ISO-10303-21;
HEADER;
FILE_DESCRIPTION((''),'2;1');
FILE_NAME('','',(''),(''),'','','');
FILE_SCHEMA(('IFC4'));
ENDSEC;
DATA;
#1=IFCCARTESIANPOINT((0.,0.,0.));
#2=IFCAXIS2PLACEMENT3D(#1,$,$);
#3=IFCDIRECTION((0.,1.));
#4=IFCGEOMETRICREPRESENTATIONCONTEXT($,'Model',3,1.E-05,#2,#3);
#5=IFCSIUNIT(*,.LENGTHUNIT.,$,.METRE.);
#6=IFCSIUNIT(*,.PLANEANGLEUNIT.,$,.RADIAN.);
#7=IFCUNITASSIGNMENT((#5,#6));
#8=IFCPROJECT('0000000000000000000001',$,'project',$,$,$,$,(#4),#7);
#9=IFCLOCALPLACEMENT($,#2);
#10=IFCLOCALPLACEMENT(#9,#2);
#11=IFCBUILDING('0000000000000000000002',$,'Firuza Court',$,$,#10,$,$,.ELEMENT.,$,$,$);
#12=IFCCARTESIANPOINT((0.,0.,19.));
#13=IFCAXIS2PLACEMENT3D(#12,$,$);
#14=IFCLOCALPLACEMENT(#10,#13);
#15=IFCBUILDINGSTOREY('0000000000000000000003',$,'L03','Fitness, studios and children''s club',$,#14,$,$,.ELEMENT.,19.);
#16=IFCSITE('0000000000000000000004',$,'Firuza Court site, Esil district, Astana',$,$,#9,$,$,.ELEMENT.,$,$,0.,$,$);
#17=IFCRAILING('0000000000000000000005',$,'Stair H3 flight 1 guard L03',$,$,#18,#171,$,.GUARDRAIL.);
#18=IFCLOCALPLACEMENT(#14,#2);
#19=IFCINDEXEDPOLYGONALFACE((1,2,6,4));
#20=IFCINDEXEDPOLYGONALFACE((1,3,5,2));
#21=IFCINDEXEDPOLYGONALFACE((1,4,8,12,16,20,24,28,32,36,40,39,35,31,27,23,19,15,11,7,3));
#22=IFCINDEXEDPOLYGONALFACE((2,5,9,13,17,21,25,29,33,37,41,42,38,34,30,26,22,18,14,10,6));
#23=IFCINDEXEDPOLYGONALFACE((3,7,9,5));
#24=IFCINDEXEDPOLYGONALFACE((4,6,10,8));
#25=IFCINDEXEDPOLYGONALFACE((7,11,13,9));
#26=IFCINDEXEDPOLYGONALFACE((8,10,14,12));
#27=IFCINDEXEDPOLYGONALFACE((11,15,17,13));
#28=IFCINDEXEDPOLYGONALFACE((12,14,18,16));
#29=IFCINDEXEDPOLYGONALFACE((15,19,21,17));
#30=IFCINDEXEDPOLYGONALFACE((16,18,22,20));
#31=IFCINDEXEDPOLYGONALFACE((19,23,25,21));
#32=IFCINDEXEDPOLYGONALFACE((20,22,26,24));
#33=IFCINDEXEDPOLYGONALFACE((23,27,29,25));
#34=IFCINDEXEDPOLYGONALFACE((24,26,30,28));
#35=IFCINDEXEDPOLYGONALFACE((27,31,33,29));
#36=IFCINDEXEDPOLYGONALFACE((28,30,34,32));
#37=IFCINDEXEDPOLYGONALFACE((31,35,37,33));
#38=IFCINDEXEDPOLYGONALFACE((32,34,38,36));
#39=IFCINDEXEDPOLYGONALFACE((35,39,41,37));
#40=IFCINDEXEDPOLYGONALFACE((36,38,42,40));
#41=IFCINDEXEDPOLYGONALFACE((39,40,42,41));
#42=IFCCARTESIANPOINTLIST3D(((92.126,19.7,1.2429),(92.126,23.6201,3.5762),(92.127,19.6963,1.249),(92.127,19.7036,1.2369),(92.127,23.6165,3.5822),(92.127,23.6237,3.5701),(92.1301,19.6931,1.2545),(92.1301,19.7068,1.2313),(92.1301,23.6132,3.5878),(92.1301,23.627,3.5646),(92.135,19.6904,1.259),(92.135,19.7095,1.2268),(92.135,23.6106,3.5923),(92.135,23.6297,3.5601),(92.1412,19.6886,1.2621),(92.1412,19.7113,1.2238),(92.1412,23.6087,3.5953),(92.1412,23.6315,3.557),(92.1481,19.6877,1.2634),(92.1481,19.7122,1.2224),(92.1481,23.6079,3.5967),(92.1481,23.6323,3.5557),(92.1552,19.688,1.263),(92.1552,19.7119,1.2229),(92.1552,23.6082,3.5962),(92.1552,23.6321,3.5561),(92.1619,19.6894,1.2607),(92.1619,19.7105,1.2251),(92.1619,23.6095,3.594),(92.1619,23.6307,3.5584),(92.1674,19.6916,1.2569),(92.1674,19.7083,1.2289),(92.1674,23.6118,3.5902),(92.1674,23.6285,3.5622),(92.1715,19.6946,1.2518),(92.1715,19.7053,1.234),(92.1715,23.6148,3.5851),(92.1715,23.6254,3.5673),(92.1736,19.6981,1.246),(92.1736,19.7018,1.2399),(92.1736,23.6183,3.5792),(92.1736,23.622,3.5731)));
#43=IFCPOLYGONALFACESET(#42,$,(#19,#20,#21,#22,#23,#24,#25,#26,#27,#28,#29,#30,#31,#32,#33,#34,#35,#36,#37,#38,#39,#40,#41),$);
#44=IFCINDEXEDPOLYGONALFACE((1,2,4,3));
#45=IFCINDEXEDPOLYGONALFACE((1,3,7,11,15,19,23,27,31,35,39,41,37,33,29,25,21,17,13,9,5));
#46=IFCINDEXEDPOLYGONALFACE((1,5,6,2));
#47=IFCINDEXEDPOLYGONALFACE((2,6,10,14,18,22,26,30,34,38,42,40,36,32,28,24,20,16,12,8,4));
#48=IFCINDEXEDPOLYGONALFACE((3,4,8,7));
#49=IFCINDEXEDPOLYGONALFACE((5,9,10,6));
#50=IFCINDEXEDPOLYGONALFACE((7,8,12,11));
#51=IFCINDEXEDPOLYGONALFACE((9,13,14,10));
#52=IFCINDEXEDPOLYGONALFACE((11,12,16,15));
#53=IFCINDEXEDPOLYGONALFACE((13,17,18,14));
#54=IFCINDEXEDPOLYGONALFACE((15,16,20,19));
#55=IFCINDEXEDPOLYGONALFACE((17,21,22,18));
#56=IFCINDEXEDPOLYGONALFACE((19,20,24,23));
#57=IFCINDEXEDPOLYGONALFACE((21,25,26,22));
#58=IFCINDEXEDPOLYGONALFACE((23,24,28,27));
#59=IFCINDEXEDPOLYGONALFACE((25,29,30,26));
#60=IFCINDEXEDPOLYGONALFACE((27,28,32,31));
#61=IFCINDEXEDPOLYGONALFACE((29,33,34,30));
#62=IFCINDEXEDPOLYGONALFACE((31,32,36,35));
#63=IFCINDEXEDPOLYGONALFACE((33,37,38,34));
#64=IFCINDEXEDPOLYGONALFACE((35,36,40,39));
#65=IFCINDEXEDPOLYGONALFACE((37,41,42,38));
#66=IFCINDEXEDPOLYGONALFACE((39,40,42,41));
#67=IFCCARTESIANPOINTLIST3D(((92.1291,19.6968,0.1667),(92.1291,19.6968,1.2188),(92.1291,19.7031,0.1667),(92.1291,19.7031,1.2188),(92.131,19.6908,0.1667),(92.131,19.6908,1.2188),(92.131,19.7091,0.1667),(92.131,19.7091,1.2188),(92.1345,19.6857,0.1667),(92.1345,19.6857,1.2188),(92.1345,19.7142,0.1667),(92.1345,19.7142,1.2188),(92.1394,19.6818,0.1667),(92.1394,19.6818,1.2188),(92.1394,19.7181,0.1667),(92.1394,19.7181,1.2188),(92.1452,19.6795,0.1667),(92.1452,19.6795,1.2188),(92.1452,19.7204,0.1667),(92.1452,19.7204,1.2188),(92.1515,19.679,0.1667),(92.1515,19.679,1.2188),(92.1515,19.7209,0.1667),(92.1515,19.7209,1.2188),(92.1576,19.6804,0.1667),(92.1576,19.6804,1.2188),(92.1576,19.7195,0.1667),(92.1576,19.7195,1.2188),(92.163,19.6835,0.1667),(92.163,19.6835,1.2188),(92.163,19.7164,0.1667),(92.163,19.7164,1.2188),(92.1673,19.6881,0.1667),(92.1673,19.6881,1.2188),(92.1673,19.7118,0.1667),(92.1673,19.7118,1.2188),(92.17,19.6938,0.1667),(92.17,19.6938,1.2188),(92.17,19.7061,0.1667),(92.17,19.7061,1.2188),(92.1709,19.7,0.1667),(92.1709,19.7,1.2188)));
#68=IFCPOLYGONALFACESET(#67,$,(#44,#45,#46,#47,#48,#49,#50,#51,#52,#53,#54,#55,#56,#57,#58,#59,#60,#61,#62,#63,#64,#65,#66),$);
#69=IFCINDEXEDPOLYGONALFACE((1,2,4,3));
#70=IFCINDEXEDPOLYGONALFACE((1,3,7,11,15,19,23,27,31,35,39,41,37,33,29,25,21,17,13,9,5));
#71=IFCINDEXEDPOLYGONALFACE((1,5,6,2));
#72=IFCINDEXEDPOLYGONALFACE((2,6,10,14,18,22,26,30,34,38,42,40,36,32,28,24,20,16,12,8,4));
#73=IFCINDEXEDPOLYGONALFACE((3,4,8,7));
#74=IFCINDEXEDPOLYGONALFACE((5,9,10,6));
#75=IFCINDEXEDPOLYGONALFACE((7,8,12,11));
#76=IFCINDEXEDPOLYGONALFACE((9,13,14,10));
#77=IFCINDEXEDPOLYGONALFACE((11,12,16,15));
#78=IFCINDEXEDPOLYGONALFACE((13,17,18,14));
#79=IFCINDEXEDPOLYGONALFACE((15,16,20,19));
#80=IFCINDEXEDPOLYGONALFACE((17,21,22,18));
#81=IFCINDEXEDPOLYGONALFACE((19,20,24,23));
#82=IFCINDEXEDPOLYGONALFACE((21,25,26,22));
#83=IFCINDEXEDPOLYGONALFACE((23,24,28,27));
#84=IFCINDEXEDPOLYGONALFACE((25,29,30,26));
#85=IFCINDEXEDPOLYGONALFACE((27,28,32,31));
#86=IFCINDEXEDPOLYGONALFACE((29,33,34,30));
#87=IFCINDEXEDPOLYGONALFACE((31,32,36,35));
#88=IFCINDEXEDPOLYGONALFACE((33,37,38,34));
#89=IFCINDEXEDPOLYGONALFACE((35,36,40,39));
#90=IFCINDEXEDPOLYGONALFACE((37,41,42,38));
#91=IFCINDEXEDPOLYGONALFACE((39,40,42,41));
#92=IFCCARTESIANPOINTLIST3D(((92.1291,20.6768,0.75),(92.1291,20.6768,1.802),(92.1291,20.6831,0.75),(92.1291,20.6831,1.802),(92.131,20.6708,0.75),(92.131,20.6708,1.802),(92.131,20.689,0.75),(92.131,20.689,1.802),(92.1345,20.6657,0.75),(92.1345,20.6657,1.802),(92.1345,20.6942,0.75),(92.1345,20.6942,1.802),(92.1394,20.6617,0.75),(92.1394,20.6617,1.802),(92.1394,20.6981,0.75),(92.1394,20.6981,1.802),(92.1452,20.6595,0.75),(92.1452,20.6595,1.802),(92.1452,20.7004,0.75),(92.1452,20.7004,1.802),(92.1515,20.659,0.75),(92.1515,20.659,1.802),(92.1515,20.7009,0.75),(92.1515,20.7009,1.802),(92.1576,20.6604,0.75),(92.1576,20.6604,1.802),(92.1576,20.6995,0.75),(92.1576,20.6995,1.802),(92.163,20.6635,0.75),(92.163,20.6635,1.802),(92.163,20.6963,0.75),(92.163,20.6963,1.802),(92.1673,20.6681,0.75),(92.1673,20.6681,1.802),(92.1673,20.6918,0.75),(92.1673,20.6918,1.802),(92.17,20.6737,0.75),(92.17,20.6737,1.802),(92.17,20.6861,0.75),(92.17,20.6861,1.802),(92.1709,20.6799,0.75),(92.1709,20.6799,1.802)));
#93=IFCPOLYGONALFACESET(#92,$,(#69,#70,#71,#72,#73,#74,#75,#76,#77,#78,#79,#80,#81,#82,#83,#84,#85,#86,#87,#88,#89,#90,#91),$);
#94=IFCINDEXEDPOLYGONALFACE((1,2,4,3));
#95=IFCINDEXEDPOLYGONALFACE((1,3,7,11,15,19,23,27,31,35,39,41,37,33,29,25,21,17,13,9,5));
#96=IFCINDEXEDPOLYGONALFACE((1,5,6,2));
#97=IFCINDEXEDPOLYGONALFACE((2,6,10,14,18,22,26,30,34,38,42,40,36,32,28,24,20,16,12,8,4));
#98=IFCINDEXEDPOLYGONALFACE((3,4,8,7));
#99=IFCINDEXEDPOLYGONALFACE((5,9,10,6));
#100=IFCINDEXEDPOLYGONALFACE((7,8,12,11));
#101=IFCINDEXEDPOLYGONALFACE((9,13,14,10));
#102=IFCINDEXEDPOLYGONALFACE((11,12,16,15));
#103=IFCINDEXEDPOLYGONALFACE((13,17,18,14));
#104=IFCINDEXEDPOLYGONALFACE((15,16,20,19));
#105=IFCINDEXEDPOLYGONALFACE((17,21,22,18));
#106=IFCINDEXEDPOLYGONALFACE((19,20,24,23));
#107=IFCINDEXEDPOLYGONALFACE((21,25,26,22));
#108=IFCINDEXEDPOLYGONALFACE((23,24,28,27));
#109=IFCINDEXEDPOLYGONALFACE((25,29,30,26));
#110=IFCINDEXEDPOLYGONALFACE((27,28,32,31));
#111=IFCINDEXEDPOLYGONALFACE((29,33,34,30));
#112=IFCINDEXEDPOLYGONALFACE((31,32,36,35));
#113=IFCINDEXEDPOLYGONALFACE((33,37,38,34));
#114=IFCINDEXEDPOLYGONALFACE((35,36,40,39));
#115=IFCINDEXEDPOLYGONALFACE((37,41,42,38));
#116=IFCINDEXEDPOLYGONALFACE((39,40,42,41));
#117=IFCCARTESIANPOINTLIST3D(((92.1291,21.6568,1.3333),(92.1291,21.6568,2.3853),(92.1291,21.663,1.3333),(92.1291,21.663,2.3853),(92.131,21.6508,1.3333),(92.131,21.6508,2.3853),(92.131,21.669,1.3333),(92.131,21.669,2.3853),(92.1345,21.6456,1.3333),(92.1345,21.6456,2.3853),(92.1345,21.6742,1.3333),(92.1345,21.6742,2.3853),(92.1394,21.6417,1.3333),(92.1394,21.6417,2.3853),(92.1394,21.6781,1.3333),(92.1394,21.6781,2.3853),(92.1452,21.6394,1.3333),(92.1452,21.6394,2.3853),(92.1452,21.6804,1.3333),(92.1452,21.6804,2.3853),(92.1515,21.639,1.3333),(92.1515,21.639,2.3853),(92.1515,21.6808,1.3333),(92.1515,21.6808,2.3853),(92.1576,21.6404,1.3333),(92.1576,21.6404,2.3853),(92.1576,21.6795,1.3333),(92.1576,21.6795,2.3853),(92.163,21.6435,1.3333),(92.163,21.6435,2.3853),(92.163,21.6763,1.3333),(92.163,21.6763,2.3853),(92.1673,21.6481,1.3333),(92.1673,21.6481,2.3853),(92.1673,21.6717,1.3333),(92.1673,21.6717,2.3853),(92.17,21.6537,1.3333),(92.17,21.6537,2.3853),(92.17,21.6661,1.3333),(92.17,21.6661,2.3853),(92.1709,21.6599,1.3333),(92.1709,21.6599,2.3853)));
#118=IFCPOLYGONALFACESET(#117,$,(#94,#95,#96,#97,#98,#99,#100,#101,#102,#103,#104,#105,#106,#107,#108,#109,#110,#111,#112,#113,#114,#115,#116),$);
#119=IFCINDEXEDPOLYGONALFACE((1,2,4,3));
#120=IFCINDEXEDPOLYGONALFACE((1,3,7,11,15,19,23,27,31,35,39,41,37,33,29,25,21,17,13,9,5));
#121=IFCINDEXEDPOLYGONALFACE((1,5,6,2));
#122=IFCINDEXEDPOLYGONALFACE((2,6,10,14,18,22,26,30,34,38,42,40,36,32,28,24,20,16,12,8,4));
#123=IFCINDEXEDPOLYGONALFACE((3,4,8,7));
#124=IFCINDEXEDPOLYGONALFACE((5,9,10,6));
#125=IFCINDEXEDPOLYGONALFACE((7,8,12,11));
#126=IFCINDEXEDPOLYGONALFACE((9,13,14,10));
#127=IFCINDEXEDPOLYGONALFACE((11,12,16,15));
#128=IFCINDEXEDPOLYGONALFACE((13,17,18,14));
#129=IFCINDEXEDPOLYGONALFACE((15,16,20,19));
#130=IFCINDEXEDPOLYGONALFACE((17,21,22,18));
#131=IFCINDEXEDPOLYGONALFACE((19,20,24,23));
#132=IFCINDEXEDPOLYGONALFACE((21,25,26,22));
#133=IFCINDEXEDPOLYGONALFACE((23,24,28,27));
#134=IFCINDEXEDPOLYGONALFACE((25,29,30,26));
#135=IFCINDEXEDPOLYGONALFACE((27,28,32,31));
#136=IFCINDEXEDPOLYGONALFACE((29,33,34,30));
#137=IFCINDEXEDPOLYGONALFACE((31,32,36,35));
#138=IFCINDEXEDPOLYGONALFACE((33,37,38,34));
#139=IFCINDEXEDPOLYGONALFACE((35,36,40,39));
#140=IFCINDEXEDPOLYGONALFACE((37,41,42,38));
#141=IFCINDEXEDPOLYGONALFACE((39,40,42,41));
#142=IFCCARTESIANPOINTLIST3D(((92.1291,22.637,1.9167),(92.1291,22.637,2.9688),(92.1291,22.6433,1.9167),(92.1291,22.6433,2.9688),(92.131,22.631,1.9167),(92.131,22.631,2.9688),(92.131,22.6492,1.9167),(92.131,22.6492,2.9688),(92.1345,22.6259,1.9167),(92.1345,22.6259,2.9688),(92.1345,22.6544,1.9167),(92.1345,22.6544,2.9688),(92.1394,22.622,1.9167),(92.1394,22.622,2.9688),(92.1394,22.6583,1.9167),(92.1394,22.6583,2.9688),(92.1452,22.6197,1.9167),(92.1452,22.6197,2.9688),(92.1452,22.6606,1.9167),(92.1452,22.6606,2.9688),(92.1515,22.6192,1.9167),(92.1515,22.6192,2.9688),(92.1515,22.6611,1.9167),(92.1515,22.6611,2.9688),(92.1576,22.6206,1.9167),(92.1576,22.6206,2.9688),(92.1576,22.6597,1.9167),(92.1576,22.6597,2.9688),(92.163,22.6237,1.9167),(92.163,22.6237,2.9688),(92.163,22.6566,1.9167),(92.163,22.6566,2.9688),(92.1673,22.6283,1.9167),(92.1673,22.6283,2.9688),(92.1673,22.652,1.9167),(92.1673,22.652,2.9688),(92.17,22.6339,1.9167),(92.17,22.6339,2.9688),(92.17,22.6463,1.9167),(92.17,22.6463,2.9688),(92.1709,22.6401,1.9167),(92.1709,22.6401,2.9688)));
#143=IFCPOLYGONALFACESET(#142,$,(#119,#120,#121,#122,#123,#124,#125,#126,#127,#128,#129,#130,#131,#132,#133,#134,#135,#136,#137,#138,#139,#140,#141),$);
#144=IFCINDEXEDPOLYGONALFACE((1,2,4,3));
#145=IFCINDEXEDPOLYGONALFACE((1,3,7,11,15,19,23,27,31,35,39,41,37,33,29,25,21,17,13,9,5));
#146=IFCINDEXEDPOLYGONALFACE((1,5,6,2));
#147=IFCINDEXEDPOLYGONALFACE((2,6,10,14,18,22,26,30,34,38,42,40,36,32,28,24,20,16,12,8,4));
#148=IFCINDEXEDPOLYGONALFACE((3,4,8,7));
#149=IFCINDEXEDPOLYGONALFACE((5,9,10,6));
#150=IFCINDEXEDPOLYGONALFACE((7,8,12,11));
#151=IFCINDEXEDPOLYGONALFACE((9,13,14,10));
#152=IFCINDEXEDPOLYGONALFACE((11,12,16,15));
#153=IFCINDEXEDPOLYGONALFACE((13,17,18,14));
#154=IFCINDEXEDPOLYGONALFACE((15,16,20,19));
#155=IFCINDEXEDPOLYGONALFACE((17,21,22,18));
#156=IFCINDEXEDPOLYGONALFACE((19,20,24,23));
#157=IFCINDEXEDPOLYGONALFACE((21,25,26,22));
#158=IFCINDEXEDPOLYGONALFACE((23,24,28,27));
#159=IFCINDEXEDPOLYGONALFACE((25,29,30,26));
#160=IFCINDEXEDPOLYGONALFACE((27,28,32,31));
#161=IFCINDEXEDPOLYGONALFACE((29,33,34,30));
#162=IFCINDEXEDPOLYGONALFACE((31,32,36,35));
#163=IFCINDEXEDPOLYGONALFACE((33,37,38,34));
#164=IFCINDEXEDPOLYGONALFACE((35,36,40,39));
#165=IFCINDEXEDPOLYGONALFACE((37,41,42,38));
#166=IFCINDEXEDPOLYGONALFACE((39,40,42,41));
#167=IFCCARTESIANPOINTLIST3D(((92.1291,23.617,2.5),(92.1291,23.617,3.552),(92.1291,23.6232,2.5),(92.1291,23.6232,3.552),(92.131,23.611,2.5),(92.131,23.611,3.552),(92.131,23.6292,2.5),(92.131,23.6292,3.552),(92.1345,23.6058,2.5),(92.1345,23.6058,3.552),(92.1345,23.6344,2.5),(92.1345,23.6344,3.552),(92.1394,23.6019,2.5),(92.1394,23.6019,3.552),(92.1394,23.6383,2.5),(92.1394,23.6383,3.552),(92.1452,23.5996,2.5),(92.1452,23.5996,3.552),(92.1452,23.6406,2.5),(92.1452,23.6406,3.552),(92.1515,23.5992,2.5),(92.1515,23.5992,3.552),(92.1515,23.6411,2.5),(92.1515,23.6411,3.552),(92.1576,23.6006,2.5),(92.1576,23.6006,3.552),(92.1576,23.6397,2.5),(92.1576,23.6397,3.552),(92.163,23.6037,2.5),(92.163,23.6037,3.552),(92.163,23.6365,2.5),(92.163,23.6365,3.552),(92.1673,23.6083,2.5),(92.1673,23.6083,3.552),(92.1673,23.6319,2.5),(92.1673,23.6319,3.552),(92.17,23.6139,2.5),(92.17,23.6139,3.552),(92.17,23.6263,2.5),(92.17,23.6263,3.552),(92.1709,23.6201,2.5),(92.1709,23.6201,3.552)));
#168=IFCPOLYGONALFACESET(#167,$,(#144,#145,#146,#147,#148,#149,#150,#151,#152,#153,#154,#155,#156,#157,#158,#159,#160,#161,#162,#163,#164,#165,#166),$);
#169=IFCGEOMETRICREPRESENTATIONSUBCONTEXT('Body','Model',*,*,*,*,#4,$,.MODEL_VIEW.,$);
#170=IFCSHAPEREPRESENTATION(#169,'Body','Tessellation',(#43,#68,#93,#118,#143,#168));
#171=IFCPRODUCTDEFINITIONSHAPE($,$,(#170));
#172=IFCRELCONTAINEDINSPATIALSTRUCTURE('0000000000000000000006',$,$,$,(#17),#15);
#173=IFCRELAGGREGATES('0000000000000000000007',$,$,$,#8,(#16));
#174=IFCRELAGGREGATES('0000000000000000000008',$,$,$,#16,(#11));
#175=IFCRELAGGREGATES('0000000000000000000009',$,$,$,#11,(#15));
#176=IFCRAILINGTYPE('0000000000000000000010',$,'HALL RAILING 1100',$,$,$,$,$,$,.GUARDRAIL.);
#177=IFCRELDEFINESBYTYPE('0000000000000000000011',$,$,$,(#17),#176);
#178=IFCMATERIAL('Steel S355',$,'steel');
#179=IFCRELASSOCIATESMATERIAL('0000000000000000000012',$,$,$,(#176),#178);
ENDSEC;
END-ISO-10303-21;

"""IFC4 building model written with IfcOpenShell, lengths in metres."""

from ifc_helpers import new_model, si_unit, direction, frame, origin, origin_2d, place, context, subcontext, project, spatial, circle, extrude, material, type_object, element, save


model = new_model("IFC4")

# Units and contexts
model_context = context("Model", 3, precision=1e-05, world=origin(), true_north=direction((0.0, 1.0)))
body_context = subcontext(model_context, "Body", "Model", "MODEL_VIEW")
ifc_project = project(units=[si_unit("LENGTHUNIT", "METRE"), si_unit("PLANEANGLEUNIT", "RADIAN")], contexts=[model_context])

# Site, building, storey
site_placement = place(None, origin())
site = spatial("IfcSite", under=ifc_project, at=site_placement, Name="Firuza Court site, Esil district, Astana", CompositionType="ELEMENT", RefElevation=0.0)
building_placement = place(site_placement, origin())
building = spatial("IfcBuilding", under=site, at=building_placement, Name="Firuza Court", CompositionType="ELEMENT")
storey_placement = place(building_placement, frame((0.0, 0.0, 19.0)))
storey = spatial("IfcBuildingStorey", under=building, at=storey_placement, Name="L03", Description="Fitness, studios and children's club", CompositionType="ELEMENT", Elevation=19.0)

# Railing
ifc_material_1 = material(Name="Steel S355", Category="steel")
railing_type_1 = type_object("IfcRailingType", Name="HALL RAILING 1100", PredefinedType="GUARDRAIL", material=ifc_material_1)
railing_1_placement = place(storey_placement, frame((92.1499, 19.7, 0.1667)))
element("IfcRailing", 1, at=railing_1_placement, inside=storey, type_object=railing_type_1, Name="Stair H3 flight 1 guard L03", PredefinedType="GUARDRAIL", context=body_context, shape_type="SweptSolid", body=[
    extrude(circle(Radius=0.0239, at=origin_2d()), frame((0.0, 0.0, 1.0762), z_axis=(0.0, 0.85931, 0.511455), x_axis=(-1.0, 0.0, 0.0)), (0.0, 0.0, 1.0), 4.562),
    extrude(circle(Radius=0.021, at=origin_2d()), origin(), (0.0, 0.0, 1.0), 1.052),
    extrude(circle(Radius=0.021, at=origin_2d()), frame((0.0, 0.98, 0.5833)), (0.0, 0.0, 1.0), 1.052),
    extrude(circle(Radius=0.021, at=origin_2d()), frame((0.0, 1.96, 1.1665)), (0.0, 0.0, 1.0), 1.052),
    extrude(circle(Radius=0.021, at=origin_2d()), frame((0.0, 2.9402, 1.75)), (0.0, 0.0, 1.0), 1.052),
    extrude(circle(Radius=0.021, at=origin_2d()), frame((0.0, 3.9202, 2.3333)), (0.0, 0.0, 1.0), 1.052),
])

save(model, "model.ifc")
